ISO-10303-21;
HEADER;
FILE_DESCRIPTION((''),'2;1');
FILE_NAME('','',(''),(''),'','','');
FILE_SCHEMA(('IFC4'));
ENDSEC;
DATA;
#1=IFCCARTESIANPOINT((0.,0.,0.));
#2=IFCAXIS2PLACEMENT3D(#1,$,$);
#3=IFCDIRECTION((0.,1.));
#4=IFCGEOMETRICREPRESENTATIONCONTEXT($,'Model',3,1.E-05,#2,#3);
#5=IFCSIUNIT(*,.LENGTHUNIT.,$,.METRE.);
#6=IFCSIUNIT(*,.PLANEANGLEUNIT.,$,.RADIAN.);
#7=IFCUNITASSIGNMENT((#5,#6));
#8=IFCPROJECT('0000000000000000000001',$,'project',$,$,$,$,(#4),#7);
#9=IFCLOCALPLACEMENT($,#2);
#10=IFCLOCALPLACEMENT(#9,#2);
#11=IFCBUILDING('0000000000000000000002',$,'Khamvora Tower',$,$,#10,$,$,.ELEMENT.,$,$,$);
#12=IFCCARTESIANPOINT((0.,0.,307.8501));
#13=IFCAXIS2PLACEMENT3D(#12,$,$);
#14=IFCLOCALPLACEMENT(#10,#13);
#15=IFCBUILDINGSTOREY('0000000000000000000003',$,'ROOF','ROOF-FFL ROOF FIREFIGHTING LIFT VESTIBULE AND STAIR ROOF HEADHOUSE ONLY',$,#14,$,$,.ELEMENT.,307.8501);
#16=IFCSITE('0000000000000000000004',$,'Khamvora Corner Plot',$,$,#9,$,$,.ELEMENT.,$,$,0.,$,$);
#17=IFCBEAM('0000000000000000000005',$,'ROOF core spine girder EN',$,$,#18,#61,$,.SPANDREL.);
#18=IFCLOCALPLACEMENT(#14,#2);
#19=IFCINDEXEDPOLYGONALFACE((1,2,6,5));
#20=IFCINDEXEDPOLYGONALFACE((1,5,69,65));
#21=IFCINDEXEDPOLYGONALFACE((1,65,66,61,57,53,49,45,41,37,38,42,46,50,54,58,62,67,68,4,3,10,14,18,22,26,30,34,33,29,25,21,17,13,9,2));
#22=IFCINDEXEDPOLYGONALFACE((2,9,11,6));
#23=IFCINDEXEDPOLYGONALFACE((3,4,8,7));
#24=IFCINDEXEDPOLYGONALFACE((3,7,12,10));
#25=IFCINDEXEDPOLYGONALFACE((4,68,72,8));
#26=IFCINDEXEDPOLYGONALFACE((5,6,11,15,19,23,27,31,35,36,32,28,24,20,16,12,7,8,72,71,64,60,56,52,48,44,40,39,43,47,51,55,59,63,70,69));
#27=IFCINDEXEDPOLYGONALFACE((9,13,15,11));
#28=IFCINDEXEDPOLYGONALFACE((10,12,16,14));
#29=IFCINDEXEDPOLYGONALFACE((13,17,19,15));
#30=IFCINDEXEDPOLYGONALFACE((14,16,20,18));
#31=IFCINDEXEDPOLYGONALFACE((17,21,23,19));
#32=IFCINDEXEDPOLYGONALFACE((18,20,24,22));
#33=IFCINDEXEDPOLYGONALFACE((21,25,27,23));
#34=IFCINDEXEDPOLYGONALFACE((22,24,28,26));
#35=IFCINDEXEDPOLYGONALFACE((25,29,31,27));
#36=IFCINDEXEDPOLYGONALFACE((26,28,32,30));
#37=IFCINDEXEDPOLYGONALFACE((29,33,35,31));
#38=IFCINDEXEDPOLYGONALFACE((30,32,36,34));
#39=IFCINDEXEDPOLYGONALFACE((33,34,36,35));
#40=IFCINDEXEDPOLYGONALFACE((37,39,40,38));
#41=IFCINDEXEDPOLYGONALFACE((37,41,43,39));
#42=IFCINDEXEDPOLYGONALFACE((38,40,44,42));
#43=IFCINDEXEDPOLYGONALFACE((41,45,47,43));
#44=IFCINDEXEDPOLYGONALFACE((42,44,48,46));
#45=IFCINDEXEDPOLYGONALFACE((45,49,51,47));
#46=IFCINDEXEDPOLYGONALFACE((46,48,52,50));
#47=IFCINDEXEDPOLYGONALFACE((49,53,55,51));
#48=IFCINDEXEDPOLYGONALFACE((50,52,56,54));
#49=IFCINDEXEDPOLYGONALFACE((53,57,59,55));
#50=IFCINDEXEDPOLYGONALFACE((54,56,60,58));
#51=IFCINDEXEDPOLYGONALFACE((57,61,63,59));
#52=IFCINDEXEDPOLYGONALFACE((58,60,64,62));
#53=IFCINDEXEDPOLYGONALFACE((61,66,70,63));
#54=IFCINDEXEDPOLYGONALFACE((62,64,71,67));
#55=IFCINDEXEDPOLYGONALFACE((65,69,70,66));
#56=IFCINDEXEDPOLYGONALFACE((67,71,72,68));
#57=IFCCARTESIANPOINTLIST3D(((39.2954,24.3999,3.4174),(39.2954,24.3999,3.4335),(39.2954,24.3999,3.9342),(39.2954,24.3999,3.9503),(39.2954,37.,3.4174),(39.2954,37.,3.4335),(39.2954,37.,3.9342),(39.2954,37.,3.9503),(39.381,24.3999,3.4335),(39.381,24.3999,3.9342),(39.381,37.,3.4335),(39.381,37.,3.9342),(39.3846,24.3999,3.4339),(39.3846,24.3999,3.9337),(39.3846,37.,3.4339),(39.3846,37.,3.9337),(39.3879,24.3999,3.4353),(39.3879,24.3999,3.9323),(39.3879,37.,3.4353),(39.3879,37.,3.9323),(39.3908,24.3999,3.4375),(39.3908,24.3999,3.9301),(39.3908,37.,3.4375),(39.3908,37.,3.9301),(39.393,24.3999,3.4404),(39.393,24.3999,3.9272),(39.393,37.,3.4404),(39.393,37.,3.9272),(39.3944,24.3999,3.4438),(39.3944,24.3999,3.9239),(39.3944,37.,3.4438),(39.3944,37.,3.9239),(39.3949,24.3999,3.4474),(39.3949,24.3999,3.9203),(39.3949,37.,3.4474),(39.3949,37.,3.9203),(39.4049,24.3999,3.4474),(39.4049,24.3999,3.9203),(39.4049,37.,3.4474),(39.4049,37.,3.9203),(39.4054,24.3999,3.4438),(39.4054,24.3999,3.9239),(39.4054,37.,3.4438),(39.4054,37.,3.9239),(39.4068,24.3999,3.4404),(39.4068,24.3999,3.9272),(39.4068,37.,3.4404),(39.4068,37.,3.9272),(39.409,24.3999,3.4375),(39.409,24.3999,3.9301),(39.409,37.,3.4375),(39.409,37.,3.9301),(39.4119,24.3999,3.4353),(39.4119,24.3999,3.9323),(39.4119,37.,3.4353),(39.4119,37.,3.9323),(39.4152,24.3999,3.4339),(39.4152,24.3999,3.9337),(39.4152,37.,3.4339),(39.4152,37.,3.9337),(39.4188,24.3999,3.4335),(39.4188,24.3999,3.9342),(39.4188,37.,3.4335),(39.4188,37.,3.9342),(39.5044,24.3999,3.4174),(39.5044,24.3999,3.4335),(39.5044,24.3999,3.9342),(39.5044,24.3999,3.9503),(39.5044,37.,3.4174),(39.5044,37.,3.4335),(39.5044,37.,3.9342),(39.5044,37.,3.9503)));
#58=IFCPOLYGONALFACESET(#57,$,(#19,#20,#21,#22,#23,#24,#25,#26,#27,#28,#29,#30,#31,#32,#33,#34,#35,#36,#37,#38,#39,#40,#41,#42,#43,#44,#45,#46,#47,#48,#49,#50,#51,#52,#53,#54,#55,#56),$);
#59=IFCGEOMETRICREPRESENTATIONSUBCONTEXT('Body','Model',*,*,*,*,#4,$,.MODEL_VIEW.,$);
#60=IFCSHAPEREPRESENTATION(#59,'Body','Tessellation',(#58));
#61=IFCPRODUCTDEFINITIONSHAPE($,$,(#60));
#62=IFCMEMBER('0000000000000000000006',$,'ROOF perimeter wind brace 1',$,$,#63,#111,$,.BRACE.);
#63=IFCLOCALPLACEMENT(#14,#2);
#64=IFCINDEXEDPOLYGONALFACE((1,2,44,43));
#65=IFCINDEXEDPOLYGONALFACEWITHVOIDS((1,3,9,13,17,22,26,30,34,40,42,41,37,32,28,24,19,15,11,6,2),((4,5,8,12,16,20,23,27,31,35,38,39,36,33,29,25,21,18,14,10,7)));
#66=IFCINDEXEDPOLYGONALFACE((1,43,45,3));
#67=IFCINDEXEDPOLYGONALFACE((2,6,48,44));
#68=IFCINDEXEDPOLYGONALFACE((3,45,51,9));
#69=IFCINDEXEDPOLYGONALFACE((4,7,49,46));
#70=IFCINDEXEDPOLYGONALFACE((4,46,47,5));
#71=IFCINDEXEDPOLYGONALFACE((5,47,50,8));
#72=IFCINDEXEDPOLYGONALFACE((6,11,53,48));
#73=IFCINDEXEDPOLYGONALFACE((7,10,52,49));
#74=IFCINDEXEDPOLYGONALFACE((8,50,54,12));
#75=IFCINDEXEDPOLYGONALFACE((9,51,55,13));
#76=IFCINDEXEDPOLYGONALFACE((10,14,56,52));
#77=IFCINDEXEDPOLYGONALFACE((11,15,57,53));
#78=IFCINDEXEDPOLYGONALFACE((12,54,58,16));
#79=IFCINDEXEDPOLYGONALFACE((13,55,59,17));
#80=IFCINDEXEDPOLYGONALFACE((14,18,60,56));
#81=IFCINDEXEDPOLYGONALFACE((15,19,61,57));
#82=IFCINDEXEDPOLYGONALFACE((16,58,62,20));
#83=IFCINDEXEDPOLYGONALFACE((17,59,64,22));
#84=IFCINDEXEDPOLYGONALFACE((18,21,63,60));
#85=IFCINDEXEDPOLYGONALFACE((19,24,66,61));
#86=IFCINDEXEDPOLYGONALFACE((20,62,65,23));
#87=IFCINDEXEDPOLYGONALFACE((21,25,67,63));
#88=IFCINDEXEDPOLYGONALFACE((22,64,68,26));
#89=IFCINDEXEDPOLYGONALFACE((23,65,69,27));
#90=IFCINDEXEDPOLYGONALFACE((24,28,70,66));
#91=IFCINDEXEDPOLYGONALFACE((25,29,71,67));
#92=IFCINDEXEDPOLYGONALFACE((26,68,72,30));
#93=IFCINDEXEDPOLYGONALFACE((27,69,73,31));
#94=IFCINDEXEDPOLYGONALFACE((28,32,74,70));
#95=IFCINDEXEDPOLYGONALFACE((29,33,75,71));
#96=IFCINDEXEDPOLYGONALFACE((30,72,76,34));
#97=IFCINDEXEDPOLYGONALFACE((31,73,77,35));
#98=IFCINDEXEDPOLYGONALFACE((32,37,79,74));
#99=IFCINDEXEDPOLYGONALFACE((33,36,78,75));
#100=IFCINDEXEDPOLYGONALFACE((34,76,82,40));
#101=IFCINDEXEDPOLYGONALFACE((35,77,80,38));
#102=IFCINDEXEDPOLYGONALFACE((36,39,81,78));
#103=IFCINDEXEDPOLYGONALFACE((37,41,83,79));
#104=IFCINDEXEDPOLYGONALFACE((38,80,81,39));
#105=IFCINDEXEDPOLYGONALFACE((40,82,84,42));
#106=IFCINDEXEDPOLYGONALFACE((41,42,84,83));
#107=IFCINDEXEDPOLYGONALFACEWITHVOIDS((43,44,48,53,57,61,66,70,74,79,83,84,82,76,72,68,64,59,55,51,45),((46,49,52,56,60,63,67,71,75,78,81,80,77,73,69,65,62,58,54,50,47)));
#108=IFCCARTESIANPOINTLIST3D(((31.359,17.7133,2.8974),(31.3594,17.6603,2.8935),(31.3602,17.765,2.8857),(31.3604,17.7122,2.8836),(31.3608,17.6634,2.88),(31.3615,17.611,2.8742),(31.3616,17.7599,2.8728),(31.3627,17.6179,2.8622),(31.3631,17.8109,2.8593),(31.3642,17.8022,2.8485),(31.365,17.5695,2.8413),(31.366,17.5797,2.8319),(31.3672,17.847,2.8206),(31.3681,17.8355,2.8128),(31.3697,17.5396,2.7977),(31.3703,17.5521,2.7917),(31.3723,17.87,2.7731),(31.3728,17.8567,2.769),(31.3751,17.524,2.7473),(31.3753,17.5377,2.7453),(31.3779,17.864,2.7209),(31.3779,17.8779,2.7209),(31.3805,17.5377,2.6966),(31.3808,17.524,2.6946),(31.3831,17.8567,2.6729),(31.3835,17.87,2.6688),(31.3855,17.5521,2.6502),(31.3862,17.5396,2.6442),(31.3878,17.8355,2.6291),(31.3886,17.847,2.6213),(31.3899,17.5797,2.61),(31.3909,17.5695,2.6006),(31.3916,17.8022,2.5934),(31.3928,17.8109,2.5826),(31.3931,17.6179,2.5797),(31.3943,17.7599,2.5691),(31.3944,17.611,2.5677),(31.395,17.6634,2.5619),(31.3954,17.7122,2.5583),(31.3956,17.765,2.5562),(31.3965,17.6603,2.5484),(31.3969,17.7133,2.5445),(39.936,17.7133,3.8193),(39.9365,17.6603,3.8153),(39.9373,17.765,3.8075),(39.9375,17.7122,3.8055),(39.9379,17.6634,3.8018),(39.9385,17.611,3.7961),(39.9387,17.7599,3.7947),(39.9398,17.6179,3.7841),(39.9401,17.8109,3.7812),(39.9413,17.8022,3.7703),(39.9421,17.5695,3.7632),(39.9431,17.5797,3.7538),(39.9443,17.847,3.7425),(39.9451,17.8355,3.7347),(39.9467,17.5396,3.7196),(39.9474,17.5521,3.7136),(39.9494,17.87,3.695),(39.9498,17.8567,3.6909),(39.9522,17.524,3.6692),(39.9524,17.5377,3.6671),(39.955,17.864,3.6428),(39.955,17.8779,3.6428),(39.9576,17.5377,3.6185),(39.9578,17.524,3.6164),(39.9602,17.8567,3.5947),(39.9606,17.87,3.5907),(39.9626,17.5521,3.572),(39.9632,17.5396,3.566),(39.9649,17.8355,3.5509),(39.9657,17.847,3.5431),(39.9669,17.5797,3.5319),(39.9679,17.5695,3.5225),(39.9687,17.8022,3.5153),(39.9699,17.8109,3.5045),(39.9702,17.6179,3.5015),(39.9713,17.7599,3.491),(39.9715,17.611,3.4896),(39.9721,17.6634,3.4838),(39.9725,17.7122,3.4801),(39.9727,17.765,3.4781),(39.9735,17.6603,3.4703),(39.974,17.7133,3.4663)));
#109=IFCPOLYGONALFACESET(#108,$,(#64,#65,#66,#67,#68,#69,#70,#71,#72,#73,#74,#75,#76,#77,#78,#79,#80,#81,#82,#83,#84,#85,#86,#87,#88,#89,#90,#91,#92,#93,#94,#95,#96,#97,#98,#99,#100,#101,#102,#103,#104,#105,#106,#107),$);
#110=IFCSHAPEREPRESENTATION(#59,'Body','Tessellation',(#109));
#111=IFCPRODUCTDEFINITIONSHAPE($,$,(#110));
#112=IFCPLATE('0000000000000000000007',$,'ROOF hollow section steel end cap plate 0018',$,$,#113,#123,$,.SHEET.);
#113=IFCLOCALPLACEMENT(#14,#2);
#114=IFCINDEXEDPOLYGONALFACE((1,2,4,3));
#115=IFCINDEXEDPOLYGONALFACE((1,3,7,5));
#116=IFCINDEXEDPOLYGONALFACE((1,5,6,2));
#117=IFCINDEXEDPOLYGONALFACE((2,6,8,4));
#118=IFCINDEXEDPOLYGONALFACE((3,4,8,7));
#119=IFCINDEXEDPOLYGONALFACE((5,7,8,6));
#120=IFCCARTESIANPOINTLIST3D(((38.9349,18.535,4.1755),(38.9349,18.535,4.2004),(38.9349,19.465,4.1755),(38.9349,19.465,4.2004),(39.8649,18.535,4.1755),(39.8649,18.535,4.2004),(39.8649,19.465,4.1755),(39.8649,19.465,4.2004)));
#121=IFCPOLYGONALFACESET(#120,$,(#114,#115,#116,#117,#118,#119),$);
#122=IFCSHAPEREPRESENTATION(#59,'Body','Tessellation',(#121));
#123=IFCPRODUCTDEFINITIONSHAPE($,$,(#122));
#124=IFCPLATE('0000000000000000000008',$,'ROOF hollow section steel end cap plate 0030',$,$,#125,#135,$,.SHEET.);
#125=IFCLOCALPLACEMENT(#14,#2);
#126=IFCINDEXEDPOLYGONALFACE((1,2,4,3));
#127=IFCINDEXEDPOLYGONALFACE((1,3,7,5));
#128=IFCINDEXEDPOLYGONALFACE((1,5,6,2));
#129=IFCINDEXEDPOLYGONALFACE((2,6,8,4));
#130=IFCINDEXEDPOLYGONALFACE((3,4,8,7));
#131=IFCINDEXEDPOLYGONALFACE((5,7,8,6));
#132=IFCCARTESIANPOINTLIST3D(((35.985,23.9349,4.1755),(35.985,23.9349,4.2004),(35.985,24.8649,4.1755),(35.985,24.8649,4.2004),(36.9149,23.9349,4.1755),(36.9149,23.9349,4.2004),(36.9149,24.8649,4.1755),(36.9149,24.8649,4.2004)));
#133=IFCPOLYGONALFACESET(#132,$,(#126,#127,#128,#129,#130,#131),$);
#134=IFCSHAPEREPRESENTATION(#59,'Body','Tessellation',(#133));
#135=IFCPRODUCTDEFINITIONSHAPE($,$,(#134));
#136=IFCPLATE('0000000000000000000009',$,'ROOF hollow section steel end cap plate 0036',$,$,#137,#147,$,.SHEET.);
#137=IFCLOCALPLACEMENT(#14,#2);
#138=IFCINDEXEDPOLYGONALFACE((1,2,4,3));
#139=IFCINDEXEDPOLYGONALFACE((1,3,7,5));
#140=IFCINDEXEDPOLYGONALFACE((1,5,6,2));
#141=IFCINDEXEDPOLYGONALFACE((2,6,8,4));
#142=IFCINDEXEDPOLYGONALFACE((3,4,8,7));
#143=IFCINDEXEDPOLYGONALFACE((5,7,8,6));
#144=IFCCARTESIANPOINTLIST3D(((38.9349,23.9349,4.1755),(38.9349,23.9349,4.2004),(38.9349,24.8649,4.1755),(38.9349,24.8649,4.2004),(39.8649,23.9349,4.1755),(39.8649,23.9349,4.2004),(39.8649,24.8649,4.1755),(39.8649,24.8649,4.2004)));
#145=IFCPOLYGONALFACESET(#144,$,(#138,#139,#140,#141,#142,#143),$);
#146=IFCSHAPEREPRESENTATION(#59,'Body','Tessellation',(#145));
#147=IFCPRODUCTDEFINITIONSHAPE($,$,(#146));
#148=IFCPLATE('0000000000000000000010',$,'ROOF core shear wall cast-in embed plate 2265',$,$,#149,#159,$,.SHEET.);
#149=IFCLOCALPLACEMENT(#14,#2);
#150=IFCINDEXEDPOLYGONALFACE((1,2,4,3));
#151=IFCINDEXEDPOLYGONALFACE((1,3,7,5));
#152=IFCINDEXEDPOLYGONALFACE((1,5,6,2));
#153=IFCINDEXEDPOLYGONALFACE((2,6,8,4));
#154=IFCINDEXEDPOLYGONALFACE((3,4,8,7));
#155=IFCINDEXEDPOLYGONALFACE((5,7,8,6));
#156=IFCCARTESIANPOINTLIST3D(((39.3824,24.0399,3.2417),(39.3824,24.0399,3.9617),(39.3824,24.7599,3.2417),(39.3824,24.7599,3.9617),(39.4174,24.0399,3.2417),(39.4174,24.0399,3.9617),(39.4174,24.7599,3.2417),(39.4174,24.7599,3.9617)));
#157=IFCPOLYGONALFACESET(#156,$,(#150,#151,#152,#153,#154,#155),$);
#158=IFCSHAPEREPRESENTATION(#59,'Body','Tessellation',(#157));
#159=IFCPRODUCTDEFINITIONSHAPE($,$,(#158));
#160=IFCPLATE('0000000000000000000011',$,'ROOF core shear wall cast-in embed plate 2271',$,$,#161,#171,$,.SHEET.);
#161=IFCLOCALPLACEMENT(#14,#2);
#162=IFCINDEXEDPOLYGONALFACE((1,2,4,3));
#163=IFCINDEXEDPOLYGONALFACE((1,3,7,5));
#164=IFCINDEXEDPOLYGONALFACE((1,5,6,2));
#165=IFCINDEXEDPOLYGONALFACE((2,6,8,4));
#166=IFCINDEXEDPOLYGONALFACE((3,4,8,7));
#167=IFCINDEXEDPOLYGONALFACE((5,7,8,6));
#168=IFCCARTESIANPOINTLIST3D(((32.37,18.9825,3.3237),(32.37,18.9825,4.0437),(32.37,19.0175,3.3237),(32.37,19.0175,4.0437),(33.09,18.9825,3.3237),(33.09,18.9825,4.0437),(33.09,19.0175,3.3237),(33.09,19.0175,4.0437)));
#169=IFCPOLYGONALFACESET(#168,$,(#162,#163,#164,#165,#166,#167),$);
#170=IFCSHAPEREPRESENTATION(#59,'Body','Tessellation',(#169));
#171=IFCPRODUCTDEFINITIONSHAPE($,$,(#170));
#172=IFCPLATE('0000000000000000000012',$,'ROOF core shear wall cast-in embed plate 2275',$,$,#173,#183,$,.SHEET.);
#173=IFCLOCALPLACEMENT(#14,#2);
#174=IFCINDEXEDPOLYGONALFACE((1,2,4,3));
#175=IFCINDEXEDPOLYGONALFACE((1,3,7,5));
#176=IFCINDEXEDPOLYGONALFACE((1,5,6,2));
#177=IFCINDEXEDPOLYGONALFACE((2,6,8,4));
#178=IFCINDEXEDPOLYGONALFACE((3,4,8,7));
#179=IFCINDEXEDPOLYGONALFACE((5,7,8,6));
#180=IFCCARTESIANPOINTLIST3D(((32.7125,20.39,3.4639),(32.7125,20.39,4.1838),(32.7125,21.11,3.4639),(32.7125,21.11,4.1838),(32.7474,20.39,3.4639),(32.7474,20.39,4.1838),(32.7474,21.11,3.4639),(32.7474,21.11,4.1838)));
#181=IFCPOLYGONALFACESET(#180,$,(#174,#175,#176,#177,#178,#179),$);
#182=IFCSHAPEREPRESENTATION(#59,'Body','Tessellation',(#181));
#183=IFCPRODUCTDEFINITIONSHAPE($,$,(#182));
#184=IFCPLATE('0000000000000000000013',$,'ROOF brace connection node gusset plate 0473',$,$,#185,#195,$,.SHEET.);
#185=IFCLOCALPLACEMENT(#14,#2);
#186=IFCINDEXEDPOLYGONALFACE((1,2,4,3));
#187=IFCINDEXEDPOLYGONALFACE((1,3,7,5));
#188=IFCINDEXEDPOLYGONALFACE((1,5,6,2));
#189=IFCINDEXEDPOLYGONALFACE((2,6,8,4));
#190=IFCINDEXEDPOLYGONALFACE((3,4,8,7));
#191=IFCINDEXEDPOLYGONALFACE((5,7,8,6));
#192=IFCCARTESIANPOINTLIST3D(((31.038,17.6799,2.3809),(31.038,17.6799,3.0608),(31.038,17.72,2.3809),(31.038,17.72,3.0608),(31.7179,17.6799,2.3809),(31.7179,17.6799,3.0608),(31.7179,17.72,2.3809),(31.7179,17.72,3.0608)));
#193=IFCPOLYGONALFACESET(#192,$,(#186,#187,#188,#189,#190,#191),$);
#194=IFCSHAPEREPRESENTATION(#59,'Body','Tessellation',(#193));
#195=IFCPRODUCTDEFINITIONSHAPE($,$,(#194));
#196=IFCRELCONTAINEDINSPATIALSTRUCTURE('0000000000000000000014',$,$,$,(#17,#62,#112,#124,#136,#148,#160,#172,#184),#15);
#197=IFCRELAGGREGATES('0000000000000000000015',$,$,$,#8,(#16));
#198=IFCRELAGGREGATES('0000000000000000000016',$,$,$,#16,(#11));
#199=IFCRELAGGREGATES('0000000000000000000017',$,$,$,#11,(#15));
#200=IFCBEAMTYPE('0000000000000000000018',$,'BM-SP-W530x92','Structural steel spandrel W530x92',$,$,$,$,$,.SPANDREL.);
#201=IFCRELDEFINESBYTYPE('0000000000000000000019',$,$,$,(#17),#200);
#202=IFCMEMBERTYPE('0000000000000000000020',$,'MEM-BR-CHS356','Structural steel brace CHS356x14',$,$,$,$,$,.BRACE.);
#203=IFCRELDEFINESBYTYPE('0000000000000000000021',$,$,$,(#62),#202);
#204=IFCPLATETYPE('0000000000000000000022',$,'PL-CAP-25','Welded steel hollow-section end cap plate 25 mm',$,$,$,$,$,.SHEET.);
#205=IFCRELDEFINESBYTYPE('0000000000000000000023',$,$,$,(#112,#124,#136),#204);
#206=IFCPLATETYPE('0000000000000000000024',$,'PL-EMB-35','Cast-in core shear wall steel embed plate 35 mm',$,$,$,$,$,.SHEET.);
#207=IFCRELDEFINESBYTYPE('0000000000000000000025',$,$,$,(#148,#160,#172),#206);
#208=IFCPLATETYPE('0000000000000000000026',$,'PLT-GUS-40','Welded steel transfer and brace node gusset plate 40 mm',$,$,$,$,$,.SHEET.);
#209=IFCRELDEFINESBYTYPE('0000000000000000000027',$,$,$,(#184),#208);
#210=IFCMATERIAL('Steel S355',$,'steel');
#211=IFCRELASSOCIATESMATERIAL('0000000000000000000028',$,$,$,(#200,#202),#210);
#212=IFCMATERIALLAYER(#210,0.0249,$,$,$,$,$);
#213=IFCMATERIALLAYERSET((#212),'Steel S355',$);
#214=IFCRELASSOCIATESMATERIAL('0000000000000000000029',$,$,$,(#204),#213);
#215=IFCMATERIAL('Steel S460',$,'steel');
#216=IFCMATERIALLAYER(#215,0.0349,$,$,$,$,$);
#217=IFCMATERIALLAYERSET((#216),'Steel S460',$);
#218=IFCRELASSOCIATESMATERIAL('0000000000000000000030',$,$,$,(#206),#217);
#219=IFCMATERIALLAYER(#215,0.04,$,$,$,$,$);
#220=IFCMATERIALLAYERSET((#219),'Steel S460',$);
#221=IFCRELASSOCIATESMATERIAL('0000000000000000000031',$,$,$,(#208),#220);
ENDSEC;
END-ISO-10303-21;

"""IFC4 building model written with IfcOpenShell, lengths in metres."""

from ifc_helpers import new_model, si_unit, direction, frame, origin, origin_2d, place, context, subcontext, project, spatial, rectangle, hollow_circle, i_section, extrude, material, layer, layer_set, material_profile, profile_set, type_object, element, save


model = new_model("IFC4")

# Units and contexts
model_context = context("Model", 3, precision=1e-05, world=origin(), true_north=direction((0.0, 1.0)))
body_context = subcontext(model_context, "Body", "Model", "MODEL_VIEW")
ifc_project = project(units=[si_unit("LENGTHUNIT", "METRE"), si_unit("PLANEANGLEUNIT", "RADIAN")], contexts=[model_context])

# Site, building, storey
site_placement = place(None, origin())
site = spatial("IfcSite", under=ifc_project, at=site_placement, Name="Khamvora Corner Plot", CompositionType="ELEMENT", RefElevation=0.0)
building_placement = place(site_placement, origin())
building = spatial("IfcBuilding", under=site, at=building_placement, Name="Khamvora Tower", CompositionType="ELEMENT")
storey_placement = place(building_placement, frame((0.0, 0.0, 307.8501)))
storey = spatial("IfcBuildingStorey", under=building, at=storey_placement, Name="ROOF", Description="ROOF-FFL ROOF FIREFIGHTING LIFT VESTIBULE AND STAIR ROOF HEADHOUSE ONLY", CompositionType="ELEMENT", Elevation=307.8501)

# Beam
ifc_material_1 = material(Name="Steel S355", Category="steel")
ifc_material_profile_1 = material_profile(ifc_material_1, i_section(OverallWidth=0.209, OverallDepth=0.533, WebThickness=0.01, FlangeThickness=0.0161, FilletRadius=0.0139, at=origin_2d()), Name="W530x92")
ifc_profile_set_1 = profile_set([ifc_material_profile_1], Name="Steel S355")
beam_type_1 = type_object("IfcBeamType", Name="BM-SP-W530x92", Description="Structural steel spandrel W530x92", PredefinedType="SPANDREL", material=ifc_profile_set_1)
beam_1_placement = place(storey_placement, frame((39.3999, 24.3999, 3.6838), z_axis=(0.0, 1.0, 0.0), x_axis=(-1.0, 0.0, 0.0)))
element("IfcBeam", 1, at=beam_1_placement, inside=storey, type_object=beam_type_1, Name="ROOF core spine girder EN", PredefinedType="SPANDREL", context=body_context, shape_type="SweptSolid", body=[
    extrude(i_section(OverallWidth=0.209, OverallDepth=0.533, WebThickness=0.01, FlangeThickness=0.0161, FilletRadius=0.0139, at=origin_2d()), origin(), (0.0, 0.0, 1.0), 12.6001),
])

# Member
ifc_material_profile_2 = material_profile(ifc_material_1, hollow_circle(Radius=0.178, WallThickness=0.0139, at=origin_2d()), Name="CHS356x14")
ifc_profile_set_2 = profile_set([ifc_material_profile_2], Name="Steel S355")
member_type = type_object("IfcMemberType", Name="MEM-BR-CHS356", Description="Structural steel brace CHS356x14", PredefinedType="BRACE", material=ifc_profile_set_2)
member_placement = place(storey_placement, frame((31.3779, 17.7, 2.7209), z_axis=(0.994274, 0.0, 0.106865), x_axis=(0.0, 1.0, 0.0)))
element("IfcMember", 2, at=member_placement, inside=storey, type_object=member_type, Name="ROOF perimeter wind brace 1", PredefinedType="BRACE", context=body_context, shape_type="SweptSolid", body=[
    extrude(hollow_circle(Radius=0.178, WallThickness=0.0139, at=origin_2d()), origin(), (0.0, 0.0, 1.0), 8.6265),
])

# Plates
ifc_layer_1 = layer(ifc_material_1, 0.0249)
ifc_layer_set_1 = layer_set([ifc_layer_1], Name="Steel S355")
plate_type_1 = type_object("IfcPlateType", Name="PL-CAP-25", Description="Welded steel hollow-section end cap plate 25 mm", PredefinedType="SHEET", material=ifc_layer_set_1)
for number, where, z_axis, x_axis, name in (
    (3, (39.3999, 19.0, 4.1755), (0.0, 0.0, 1.0), (1.0, 0.0, 0.0), "ROOF hollow section steel end cap plate 0018"),
    (4, (36.45, 24.3999, 4.1755), (0.0, 0.0, 1.0), (1.0, 0.0, 0.0), "ROOF hollow section steel end cap plate 0030"),
    (5, (39.3999, 24.3999, 4.1755), (0.0, 0.0, 1.0), (1.0, 0.0, 0.0), "ROOF hollow section steel end cap plate 0036"),
):
    element("IfcPlate", number, at=place(storey_placement, frame(where, z_axis=z_axis, x_axis=x_axis)), inside=storey, type_object=plate_type_1, Name=name, PredefinedType="SHEET", context=body_context, shape_type="SweptSolid", body=[
        extrude(rectangle(XDim=0.9299, YDim=0.9299, at=origin_2d()), origin(), (0.0, 0.0, 1.0), 0.0249),
    ])
ifc_material_2 = material(Name="Steel S460", Category="steel")
ifc_layer_2 = layer(ifc_material_2, 0.0349)
ifc_layer_set_2 = layer_set([ifc_layer_2], Name="Steel S460")
plate_type_2 = type_object("IfcPlateType", Name="PL-EMB-35", Description="Cast-in core shear wall steel embed plate 35 mm", PredefinedType="SHEET", material=ifc_layer_set_2)
plate_1_placement = place(storey_placement, frame((39.3999, 24.3999, 3.2417), z_axis=(0.0, 0.0, 1.0), x_axis=(1.0, 0.0, 0.0)))
element("IfcPlate", 6, at=plate_1_placement, inside=storey, type_object=plate_type_2, Name="ROOF core shear wall cast-in embed plate 2265", PredefinedType="SHEET", context=body_context, shape_type="SweptSolid", body=[
    extrude(rectangle(XDim=0.0349, YDim=0.72, at=origin_2d()), origin(), (0.0, 0.0, 1.0), 0.72),
])
plate_2_placement = place(storey_placement, frame((32.73, 19.0, 3.3237), z_axis=(0.0, 0.0, 1.0), x_axis=(1.0, 0.0, 0.0)))
element("IfcPlate", 7, at=plate_2_placement, inside=storey, type_object=plate_type_2, Name="ROOF core shear wall cast-in embed plate 2271", PredefinedType="SHEET", context=body_context, shape_type="SweptSolid", body=[
    extrude(rectangle(XDim=0.72, YDim=0.0349, at=origin_2d()), origin(), (0.0, 0.0, 1.0), 0.72),
])
plate_3_placement = place(storey_placement, frame((32.73, 20.75, 3.4639), z_axis=(0.0, 0.0, 1.0), x_axis=(1.0, 0.0, 0.0)))
element("IfcPlate", 8, at=plate_3_placement, inside=storey, type_object=plate_type_2, Name="ROOF core shear wall cast-in embed plate 2275", PredefinedType="SHEET", context=body_context, shape_type="SweptSolid", body=[
    extrude(rectangle(XDim=0.0349, YDim=0.72, at=origin_2d()), origin(), (0.0, 0.0, 1.0), 0.72),
])
ifc_layer_3 = layer(ifc_material_2, 0.04)
ifc_layer_set_3 = layer_set([ifc_layer_3], Name="Steel S460")
plate_type_3 = type_object("IfcPlateType", Name="PLT-GUS-40", Description="Welded steel transfer and brace node gusset plate 40 mm", PredefinedType="SHEET", material=ifc_layer_set_3)
plate_4_placement = place(storey_placement, frame((31.3779, 17.7, 2.3809), z_axis=(0.0, 0.0, 1.0), x_axis=(1.0, 0.0, 0.0)))
element("IfcPlate", 9, at=plate_4_placement, inside=storey, type_object=plate_type_3, Name="ROOF brace connection node gusset plate 0473", PredefinedType="SHEET", context=body_context, shape_type="SweptSolid", body=[
    extrude(rectangle(XDim=0.6799, YDim=0.04, at=origin_2d()), origin(), (0.0, 0.0, 1.0), 0.6799),
])

save(model, "model.ifc")
